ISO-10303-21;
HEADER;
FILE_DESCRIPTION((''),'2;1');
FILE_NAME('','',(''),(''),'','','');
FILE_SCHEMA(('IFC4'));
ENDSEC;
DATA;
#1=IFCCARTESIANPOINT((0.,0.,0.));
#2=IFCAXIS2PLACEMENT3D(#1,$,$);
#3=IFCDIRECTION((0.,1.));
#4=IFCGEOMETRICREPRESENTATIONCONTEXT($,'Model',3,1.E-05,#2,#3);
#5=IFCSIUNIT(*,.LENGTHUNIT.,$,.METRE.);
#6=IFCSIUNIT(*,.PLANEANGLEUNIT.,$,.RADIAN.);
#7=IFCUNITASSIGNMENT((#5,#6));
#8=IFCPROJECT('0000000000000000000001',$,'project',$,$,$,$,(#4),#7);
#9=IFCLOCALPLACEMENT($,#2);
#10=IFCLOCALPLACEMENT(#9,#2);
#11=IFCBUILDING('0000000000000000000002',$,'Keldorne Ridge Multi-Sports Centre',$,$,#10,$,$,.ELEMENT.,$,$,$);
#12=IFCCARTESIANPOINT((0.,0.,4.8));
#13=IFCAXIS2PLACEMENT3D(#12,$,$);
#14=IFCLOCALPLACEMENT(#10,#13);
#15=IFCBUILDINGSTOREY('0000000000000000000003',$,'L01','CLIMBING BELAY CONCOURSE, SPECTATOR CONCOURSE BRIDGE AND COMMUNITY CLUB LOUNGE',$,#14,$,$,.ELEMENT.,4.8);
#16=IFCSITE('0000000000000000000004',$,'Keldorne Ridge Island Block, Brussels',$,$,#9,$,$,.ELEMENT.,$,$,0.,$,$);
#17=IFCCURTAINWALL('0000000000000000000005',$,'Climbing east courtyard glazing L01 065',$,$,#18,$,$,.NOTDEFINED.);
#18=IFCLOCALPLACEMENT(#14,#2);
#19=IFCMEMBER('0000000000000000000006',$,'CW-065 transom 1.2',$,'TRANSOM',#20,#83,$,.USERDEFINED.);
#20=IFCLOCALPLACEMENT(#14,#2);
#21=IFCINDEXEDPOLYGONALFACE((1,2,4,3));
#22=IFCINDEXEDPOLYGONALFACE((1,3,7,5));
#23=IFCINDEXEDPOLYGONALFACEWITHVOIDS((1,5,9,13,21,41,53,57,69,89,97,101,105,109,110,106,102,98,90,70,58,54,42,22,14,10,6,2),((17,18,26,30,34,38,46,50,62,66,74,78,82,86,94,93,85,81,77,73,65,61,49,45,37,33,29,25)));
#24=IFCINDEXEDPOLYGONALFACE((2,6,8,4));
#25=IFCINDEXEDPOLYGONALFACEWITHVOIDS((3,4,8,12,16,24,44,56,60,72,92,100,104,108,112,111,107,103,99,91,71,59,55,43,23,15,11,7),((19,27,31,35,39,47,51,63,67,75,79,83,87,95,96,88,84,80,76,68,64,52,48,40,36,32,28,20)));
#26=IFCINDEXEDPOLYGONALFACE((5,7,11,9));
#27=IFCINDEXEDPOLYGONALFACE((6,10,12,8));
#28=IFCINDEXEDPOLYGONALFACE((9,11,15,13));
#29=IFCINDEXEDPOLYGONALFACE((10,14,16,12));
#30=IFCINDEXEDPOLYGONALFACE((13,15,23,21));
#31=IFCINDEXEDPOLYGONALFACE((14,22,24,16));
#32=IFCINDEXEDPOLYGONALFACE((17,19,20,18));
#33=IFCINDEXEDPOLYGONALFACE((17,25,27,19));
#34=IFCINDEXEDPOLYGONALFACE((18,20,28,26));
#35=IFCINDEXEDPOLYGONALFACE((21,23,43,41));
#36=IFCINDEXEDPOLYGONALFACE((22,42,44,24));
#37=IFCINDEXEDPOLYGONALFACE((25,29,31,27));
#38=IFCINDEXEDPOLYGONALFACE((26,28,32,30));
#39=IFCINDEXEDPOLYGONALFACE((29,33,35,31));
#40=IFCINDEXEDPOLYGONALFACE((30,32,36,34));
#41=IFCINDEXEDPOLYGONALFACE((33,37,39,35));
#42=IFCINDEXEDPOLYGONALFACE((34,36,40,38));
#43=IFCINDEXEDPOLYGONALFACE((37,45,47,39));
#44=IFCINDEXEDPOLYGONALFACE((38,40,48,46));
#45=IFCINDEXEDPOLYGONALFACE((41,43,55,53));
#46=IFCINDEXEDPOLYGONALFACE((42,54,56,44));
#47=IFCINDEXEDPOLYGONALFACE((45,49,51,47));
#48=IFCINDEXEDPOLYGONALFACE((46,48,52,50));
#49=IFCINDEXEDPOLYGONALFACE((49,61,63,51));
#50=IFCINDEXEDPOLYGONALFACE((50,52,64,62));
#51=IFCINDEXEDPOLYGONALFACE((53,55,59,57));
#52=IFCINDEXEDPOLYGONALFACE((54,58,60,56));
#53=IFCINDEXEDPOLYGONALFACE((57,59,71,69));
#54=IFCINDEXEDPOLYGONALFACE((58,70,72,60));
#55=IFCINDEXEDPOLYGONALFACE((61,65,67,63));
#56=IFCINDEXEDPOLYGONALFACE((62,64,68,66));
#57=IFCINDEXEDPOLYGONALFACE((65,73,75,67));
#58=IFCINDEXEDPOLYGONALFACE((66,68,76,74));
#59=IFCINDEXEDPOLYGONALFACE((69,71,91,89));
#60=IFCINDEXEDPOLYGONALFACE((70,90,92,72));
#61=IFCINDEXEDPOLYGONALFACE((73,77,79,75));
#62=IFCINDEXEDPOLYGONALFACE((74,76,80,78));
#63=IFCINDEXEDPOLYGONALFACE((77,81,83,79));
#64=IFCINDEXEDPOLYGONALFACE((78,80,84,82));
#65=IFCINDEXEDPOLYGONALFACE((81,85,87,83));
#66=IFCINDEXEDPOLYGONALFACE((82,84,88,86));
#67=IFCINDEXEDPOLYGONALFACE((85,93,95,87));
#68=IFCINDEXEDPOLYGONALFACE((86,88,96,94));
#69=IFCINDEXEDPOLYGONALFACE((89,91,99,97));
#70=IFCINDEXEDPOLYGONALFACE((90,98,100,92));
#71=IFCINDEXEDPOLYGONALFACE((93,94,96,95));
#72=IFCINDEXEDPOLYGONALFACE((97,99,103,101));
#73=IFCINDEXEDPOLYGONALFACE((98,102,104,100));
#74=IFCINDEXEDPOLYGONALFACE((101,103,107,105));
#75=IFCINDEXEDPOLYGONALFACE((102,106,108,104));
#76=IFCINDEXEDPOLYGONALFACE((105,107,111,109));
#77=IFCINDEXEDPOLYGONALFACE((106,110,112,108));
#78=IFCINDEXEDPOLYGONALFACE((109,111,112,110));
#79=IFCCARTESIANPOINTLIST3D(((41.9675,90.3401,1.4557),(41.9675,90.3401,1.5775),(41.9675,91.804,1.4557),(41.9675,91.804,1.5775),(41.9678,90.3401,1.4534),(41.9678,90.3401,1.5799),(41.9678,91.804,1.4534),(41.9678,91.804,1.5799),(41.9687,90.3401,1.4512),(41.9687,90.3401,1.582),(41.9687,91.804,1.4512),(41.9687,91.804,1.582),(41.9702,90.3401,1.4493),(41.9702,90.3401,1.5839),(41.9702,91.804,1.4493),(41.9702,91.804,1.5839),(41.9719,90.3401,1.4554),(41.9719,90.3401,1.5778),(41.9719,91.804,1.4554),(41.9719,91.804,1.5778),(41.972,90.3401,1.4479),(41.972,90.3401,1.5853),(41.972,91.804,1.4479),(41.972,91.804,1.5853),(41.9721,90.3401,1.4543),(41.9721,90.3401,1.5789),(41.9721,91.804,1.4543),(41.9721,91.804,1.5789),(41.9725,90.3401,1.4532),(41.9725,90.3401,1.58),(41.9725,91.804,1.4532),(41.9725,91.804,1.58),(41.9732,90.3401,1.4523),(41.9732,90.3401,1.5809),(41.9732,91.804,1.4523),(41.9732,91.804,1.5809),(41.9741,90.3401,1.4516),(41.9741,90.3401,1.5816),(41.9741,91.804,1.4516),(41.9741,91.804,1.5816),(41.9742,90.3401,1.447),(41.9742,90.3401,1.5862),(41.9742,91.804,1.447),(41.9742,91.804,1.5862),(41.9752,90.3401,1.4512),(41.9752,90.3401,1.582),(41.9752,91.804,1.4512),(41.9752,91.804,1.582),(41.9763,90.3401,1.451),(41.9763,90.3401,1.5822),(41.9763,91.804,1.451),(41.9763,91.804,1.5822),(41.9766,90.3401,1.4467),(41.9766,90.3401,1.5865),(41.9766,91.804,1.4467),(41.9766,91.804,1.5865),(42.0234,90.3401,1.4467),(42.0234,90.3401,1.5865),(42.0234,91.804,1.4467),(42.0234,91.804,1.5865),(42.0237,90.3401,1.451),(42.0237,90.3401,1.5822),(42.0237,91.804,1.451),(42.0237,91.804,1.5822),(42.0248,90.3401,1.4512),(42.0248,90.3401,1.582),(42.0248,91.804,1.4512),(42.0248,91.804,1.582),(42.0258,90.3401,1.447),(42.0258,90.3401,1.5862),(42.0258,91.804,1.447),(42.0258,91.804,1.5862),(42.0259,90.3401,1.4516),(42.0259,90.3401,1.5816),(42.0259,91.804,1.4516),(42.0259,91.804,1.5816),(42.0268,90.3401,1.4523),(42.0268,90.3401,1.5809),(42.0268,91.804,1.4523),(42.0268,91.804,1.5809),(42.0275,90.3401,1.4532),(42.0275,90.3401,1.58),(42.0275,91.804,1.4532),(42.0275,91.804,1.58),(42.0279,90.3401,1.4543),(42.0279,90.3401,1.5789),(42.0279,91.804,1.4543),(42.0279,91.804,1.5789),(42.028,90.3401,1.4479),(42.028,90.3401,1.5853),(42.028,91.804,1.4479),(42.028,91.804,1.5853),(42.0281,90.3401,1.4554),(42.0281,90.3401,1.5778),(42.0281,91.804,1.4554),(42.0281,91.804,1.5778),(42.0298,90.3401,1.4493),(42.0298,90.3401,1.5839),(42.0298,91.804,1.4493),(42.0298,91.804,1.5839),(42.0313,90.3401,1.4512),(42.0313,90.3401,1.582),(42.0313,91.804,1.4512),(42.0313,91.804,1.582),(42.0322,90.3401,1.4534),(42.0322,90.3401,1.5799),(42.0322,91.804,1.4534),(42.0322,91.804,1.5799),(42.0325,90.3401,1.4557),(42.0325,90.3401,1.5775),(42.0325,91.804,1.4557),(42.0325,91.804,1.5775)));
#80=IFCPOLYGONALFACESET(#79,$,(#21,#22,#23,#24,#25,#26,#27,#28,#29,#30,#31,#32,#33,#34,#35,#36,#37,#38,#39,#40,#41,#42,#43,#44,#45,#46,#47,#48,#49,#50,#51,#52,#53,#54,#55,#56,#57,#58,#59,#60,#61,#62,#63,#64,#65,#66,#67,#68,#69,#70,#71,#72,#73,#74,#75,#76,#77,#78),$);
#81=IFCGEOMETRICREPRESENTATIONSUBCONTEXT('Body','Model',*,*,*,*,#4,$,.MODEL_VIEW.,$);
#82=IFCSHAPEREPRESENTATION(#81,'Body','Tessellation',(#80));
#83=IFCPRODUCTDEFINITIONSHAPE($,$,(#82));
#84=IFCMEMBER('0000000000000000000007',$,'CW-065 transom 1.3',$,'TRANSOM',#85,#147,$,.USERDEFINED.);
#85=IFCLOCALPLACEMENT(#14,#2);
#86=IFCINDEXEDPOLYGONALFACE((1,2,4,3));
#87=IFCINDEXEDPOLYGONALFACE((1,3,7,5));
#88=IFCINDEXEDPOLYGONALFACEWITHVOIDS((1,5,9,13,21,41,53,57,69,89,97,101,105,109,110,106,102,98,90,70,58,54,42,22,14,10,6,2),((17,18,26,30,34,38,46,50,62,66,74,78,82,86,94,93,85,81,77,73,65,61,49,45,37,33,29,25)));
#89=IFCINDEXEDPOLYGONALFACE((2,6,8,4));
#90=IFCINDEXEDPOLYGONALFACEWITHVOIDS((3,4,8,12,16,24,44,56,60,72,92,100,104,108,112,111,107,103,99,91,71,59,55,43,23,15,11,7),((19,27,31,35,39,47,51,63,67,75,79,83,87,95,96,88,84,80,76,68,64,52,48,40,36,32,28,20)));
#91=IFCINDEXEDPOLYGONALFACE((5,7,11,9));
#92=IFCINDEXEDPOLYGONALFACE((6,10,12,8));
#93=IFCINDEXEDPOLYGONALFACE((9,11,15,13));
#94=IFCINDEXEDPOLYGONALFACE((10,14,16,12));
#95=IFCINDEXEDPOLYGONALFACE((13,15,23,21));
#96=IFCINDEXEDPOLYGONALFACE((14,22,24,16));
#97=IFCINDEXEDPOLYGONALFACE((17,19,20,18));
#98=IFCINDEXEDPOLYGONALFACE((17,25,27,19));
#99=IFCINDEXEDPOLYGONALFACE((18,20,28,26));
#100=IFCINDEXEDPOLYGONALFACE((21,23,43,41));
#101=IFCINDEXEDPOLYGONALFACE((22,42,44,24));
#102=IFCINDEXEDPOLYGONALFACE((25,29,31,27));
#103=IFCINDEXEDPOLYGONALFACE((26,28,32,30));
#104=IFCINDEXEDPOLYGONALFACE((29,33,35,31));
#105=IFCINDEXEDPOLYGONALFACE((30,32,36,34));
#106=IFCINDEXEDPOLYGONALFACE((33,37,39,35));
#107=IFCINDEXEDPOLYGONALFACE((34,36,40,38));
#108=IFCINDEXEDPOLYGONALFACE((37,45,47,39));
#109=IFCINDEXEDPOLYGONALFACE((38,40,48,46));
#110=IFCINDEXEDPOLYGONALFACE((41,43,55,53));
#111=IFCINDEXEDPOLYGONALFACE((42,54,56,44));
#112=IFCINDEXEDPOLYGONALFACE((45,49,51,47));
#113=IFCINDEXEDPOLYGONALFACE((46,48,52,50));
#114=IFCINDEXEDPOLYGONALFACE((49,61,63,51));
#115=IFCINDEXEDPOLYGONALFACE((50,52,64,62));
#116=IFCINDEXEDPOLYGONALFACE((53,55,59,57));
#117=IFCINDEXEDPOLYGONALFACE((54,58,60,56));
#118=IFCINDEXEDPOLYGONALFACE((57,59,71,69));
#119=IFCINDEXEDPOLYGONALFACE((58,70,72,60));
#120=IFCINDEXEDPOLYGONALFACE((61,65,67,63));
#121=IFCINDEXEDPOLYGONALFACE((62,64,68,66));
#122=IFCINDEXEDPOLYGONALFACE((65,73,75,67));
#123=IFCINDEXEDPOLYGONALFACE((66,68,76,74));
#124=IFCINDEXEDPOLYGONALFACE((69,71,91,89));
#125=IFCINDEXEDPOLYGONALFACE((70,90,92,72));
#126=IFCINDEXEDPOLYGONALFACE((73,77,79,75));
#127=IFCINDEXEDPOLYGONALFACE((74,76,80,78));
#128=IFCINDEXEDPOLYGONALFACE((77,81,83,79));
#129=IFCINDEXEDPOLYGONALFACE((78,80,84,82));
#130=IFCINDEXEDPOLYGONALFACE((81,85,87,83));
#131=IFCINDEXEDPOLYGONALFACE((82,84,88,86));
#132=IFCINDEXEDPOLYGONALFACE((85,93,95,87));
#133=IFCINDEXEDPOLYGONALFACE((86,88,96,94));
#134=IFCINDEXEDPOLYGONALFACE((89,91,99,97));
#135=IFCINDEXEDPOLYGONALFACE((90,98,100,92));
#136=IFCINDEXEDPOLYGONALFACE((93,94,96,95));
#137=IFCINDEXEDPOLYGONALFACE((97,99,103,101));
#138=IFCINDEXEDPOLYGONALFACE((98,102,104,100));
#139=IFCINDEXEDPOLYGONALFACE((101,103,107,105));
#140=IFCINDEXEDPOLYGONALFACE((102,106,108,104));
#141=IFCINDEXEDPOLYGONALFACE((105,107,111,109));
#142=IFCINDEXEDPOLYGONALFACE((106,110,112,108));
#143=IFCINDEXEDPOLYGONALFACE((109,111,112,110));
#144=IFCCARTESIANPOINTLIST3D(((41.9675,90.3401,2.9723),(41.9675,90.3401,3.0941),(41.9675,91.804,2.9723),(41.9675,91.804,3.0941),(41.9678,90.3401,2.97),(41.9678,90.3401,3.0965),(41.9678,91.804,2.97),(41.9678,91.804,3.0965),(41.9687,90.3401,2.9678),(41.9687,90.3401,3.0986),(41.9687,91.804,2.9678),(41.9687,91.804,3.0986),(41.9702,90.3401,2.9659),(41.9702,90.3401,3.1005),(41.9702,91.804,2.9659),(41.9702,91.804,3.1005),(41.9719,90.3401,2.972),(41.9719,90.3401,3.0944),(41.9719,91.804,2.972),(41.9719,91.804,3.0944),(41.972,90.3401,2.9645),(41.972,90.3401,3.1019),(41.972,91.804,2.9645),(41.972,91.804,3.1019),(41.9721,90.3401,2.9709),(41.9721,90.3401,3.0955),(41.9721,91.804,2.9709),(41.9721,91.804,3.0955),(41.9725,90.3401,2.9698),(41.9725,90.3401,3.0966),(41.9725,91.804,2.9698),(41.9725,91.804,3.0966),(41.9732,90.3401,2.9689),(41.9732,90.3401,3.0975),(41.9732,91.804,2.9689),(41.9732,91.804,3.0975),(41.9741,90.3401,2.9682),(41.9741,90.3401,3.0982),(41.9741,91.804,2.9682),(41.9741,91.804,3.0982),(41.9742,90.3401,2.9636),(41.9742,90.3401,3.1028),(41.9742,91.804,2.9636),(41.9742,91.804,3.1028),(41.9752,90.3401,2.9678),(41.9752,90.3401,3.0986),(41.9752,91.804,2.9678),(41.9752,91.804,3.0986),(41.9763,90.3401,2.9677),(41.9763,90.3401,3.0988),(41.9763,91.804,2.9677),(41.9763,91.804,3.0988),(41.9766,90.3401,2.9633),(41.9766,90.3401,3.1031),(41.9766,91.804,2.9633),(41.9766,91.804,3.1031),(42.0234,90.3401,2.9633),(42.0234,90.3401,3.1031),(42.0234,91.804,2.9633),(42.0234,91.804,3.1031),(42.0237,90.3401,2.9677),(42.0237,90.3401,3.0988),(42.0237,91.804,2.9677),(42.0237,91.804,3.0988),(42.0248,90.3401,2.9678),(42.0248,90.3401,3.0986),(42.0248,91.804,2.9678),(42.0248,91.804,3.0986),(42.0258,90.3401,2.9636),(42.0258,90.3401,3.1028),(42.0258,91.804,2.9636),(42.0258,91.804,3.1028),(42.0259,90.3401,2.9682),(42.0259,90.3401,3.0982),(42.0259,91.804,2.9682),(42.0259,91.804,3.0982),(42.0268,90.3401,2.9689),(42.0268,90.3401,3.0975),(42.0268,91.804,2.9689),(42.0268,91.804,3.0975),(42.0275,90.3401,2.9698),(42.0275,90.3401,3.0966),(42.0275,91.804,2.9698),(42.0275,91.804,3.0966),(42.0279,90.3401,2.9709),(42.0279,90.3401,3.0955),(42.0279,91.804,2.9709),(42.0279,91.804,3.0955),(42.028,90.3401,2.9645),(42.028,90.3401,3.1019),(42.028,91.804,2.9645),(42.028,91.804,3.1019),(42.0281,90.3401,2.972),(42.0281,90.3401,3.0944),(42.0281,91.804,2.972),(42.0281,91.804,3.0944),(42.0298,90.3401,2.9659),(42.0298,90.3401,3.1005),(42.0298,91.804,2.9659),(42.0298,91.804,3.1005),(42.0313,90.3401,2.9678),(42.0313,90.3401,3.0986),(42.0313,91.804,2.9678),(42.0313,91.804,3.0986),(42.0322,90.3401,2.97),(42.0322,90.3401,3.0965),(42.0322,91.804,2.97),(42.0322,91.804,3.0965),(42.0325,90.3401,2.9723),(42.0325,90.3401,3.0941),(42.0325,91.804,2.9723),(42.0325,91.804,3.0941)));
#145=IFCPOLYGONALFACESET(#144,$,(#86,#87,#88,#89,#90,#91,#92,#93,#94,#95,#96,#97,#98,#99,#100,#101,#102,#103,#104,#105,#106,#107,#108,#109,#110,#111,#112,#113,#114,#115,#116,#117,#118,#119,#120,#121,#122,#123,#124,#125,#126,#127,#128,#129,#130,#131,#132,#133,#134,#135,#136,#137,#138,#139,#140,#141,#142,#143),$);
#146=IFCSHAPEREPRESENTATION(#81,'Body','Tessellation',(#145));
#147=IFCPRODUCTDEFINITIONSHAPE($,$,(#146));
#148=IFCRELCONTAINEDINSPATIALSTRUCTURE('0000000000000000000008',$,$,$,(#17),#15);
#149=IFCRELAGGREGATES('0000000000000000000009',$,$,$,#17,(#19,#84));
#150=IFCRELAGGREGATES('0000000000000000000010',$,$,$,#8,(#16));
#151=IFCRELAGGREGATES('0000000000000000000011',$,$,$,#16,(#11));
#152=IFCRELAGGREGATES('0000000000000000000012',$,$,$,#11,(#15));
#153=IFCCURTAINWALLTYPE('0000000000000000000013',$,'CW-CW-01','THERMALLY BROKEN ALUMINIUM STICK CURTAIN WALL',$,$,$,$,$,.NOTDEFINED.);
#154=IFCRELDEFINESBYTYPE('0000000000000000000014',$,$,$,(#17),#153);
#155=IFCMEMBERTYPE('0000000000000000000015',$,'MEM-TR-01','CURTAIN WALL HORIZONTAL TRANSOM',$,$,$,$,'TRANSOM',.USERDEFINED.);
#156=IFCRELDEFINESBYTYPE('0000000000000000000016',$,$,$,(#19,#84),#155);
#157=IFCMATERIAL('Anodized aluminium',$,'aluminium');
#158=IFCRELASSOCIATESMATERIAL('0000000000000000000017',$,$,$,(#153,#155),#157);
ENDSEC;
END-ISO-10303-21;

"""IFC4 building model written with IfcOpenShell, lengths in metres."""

from ifc_helpers import new_model, si_unit, direction, frame, origin, origin_2d, place, context, subcontext, project, spatial, hollow_rectangle, extrude, material, material_profile, profile_set, type_object, element, aggregate, save


model = new_model("IFC4")

# Units and contexts
model_context = context("Model", 3, precision=1e-05, world=origin(), true_north=direction((0.0, 1.0)))
body_context = subcontext(model_context, "Body", "Model", "MODEL_VIEW")
ifc_project = project(units=[si_unit("LENGTHUNIT", "METRE"), si_unit("PLANEANGLEUNIT", "RADIAN")], contexts=[model_context])

# Site, building, storey
site_placement = place(None, origin())
site = spatial("IfcSite", under=ifc_project, at=site_placement, Name="Keldorne Ridge Island Block, Brussels", CompositionType="ELEMENT", RefElevation=0.0)
building_placement = place(site_placement, origin())
building = spatial("IfcBuilding", under=site, at=building_placement, Name="Keldorne Ridge Multi-Sports Centre", CompositionType="ELEMENT")
storey_placement = place(building_placement, frame((0.0, 0.0, 4.8)))
storey = spatial("IfcBuildingStorey", under=building, at=storey_placement, Name="L01", Description="CLIMBING BELAY CONCOURSE, SPECTATOR CONCOURSE BRIDGE AND COMMUNITY CLUB LOUNGE", CompositionType="ELEMENT", Elevation=4.8)

# Shared definitions
ifc_material_1 = material(Name="Anodized aluminium", Category="aluminium")

# Curtain wall
curtain_wall_type_1 = type_object("IfcCurtainWallType", Name="CW-CW-01", Description="THERMALLY BROKEN ALUMINIUM STICK CURTAIN WALL", PredefinedType="NOTDEFINED", material=ifc_material_1)
curtain_wall_1_placement = place(storey_placement, origin())
curtain_wall_1 = element("IfcCurtainWall", 1, at=curtain_wall_1_placement, inside=storey, type_object=curtain_wall_type_1, Name="Climbing east courtyard glazing L01 065", PredefinedType="NOTDEFINED")

# Members
ifc_material_profile_1 = material_profile(ifc_material_1, hollow_rectangle(XDim=0.0649, YDim=0.1399, WallThickness=0.0044, InnerFilletRadius=0.0044, OuterFilletRadius=0.009, at=origin_2d()), Name="ALU TRANSOM 140x65x4.5")
ifc_profile_set_1 = profile_set([ifc_material_profile_1], Name="Anodized aluminium")
member_type_1 = type_object("IfcMemberType", Name="MEM-TR-01", Description="CURTAIN WALL HORIZONTAL TRANSOM", ElementType="TRANSOM", PredefinedType="USERDEFINED", material=ifc_profile_set_1)
member_1_placement = place(storey_placement, frame((42.0, 90.3401, 1.5166), z_axis=(0.0, 1.0, 0.0), x_axis=(-1.0, 0.0, 0.0)))
member_1 = element("IfcMember", 2, at=member_1_placement, type_object=member_type_1, Name="CW-065 transom 1.2", ObjectType="TRANSOM", PredefinedType="USERDEFINED", context=body_context, shape_type="SweptSolid", body=[
    extrude(hollow_rectangle(XDim=0.0649, YDim=0.1399, WallThickness=0.0044, InnerFilletRadius=0.0044, OuterFilletRadius=0.009, at=origin_2d()), origin(), (0.0, 0.0, 1.0), 1.4639),
])
member_2_placement = place(storey_placement, frame((42.0, 90.3401, 3.0332), z_axis=(0.0, 1.0, 0.0), x_axis=(-1.0, 0.0, 0.0)))
member_2 = element("IfcMember", 3, at=member_2_placement, type_object=member_type_1, Name="CW-065 transom 1.3", ObjectType="TRANSOM", PredefinedType="USERDEFINED", context=body_context, shape_type="SweptSolid", body=[
    extrude(hollow_rectangle(XDim=0.0649, YDim=0.1399, WallThickness=0.0044, InnerFilletRadius=0.0044, OuterFilletRadius=0.009, at=origin_2d()), origin(), (0.0, 0.0, 1.0), 1.4639),
])

aggregate(curtain_wall_1, [member_1, member_2])

save(model, "model.ifc")
